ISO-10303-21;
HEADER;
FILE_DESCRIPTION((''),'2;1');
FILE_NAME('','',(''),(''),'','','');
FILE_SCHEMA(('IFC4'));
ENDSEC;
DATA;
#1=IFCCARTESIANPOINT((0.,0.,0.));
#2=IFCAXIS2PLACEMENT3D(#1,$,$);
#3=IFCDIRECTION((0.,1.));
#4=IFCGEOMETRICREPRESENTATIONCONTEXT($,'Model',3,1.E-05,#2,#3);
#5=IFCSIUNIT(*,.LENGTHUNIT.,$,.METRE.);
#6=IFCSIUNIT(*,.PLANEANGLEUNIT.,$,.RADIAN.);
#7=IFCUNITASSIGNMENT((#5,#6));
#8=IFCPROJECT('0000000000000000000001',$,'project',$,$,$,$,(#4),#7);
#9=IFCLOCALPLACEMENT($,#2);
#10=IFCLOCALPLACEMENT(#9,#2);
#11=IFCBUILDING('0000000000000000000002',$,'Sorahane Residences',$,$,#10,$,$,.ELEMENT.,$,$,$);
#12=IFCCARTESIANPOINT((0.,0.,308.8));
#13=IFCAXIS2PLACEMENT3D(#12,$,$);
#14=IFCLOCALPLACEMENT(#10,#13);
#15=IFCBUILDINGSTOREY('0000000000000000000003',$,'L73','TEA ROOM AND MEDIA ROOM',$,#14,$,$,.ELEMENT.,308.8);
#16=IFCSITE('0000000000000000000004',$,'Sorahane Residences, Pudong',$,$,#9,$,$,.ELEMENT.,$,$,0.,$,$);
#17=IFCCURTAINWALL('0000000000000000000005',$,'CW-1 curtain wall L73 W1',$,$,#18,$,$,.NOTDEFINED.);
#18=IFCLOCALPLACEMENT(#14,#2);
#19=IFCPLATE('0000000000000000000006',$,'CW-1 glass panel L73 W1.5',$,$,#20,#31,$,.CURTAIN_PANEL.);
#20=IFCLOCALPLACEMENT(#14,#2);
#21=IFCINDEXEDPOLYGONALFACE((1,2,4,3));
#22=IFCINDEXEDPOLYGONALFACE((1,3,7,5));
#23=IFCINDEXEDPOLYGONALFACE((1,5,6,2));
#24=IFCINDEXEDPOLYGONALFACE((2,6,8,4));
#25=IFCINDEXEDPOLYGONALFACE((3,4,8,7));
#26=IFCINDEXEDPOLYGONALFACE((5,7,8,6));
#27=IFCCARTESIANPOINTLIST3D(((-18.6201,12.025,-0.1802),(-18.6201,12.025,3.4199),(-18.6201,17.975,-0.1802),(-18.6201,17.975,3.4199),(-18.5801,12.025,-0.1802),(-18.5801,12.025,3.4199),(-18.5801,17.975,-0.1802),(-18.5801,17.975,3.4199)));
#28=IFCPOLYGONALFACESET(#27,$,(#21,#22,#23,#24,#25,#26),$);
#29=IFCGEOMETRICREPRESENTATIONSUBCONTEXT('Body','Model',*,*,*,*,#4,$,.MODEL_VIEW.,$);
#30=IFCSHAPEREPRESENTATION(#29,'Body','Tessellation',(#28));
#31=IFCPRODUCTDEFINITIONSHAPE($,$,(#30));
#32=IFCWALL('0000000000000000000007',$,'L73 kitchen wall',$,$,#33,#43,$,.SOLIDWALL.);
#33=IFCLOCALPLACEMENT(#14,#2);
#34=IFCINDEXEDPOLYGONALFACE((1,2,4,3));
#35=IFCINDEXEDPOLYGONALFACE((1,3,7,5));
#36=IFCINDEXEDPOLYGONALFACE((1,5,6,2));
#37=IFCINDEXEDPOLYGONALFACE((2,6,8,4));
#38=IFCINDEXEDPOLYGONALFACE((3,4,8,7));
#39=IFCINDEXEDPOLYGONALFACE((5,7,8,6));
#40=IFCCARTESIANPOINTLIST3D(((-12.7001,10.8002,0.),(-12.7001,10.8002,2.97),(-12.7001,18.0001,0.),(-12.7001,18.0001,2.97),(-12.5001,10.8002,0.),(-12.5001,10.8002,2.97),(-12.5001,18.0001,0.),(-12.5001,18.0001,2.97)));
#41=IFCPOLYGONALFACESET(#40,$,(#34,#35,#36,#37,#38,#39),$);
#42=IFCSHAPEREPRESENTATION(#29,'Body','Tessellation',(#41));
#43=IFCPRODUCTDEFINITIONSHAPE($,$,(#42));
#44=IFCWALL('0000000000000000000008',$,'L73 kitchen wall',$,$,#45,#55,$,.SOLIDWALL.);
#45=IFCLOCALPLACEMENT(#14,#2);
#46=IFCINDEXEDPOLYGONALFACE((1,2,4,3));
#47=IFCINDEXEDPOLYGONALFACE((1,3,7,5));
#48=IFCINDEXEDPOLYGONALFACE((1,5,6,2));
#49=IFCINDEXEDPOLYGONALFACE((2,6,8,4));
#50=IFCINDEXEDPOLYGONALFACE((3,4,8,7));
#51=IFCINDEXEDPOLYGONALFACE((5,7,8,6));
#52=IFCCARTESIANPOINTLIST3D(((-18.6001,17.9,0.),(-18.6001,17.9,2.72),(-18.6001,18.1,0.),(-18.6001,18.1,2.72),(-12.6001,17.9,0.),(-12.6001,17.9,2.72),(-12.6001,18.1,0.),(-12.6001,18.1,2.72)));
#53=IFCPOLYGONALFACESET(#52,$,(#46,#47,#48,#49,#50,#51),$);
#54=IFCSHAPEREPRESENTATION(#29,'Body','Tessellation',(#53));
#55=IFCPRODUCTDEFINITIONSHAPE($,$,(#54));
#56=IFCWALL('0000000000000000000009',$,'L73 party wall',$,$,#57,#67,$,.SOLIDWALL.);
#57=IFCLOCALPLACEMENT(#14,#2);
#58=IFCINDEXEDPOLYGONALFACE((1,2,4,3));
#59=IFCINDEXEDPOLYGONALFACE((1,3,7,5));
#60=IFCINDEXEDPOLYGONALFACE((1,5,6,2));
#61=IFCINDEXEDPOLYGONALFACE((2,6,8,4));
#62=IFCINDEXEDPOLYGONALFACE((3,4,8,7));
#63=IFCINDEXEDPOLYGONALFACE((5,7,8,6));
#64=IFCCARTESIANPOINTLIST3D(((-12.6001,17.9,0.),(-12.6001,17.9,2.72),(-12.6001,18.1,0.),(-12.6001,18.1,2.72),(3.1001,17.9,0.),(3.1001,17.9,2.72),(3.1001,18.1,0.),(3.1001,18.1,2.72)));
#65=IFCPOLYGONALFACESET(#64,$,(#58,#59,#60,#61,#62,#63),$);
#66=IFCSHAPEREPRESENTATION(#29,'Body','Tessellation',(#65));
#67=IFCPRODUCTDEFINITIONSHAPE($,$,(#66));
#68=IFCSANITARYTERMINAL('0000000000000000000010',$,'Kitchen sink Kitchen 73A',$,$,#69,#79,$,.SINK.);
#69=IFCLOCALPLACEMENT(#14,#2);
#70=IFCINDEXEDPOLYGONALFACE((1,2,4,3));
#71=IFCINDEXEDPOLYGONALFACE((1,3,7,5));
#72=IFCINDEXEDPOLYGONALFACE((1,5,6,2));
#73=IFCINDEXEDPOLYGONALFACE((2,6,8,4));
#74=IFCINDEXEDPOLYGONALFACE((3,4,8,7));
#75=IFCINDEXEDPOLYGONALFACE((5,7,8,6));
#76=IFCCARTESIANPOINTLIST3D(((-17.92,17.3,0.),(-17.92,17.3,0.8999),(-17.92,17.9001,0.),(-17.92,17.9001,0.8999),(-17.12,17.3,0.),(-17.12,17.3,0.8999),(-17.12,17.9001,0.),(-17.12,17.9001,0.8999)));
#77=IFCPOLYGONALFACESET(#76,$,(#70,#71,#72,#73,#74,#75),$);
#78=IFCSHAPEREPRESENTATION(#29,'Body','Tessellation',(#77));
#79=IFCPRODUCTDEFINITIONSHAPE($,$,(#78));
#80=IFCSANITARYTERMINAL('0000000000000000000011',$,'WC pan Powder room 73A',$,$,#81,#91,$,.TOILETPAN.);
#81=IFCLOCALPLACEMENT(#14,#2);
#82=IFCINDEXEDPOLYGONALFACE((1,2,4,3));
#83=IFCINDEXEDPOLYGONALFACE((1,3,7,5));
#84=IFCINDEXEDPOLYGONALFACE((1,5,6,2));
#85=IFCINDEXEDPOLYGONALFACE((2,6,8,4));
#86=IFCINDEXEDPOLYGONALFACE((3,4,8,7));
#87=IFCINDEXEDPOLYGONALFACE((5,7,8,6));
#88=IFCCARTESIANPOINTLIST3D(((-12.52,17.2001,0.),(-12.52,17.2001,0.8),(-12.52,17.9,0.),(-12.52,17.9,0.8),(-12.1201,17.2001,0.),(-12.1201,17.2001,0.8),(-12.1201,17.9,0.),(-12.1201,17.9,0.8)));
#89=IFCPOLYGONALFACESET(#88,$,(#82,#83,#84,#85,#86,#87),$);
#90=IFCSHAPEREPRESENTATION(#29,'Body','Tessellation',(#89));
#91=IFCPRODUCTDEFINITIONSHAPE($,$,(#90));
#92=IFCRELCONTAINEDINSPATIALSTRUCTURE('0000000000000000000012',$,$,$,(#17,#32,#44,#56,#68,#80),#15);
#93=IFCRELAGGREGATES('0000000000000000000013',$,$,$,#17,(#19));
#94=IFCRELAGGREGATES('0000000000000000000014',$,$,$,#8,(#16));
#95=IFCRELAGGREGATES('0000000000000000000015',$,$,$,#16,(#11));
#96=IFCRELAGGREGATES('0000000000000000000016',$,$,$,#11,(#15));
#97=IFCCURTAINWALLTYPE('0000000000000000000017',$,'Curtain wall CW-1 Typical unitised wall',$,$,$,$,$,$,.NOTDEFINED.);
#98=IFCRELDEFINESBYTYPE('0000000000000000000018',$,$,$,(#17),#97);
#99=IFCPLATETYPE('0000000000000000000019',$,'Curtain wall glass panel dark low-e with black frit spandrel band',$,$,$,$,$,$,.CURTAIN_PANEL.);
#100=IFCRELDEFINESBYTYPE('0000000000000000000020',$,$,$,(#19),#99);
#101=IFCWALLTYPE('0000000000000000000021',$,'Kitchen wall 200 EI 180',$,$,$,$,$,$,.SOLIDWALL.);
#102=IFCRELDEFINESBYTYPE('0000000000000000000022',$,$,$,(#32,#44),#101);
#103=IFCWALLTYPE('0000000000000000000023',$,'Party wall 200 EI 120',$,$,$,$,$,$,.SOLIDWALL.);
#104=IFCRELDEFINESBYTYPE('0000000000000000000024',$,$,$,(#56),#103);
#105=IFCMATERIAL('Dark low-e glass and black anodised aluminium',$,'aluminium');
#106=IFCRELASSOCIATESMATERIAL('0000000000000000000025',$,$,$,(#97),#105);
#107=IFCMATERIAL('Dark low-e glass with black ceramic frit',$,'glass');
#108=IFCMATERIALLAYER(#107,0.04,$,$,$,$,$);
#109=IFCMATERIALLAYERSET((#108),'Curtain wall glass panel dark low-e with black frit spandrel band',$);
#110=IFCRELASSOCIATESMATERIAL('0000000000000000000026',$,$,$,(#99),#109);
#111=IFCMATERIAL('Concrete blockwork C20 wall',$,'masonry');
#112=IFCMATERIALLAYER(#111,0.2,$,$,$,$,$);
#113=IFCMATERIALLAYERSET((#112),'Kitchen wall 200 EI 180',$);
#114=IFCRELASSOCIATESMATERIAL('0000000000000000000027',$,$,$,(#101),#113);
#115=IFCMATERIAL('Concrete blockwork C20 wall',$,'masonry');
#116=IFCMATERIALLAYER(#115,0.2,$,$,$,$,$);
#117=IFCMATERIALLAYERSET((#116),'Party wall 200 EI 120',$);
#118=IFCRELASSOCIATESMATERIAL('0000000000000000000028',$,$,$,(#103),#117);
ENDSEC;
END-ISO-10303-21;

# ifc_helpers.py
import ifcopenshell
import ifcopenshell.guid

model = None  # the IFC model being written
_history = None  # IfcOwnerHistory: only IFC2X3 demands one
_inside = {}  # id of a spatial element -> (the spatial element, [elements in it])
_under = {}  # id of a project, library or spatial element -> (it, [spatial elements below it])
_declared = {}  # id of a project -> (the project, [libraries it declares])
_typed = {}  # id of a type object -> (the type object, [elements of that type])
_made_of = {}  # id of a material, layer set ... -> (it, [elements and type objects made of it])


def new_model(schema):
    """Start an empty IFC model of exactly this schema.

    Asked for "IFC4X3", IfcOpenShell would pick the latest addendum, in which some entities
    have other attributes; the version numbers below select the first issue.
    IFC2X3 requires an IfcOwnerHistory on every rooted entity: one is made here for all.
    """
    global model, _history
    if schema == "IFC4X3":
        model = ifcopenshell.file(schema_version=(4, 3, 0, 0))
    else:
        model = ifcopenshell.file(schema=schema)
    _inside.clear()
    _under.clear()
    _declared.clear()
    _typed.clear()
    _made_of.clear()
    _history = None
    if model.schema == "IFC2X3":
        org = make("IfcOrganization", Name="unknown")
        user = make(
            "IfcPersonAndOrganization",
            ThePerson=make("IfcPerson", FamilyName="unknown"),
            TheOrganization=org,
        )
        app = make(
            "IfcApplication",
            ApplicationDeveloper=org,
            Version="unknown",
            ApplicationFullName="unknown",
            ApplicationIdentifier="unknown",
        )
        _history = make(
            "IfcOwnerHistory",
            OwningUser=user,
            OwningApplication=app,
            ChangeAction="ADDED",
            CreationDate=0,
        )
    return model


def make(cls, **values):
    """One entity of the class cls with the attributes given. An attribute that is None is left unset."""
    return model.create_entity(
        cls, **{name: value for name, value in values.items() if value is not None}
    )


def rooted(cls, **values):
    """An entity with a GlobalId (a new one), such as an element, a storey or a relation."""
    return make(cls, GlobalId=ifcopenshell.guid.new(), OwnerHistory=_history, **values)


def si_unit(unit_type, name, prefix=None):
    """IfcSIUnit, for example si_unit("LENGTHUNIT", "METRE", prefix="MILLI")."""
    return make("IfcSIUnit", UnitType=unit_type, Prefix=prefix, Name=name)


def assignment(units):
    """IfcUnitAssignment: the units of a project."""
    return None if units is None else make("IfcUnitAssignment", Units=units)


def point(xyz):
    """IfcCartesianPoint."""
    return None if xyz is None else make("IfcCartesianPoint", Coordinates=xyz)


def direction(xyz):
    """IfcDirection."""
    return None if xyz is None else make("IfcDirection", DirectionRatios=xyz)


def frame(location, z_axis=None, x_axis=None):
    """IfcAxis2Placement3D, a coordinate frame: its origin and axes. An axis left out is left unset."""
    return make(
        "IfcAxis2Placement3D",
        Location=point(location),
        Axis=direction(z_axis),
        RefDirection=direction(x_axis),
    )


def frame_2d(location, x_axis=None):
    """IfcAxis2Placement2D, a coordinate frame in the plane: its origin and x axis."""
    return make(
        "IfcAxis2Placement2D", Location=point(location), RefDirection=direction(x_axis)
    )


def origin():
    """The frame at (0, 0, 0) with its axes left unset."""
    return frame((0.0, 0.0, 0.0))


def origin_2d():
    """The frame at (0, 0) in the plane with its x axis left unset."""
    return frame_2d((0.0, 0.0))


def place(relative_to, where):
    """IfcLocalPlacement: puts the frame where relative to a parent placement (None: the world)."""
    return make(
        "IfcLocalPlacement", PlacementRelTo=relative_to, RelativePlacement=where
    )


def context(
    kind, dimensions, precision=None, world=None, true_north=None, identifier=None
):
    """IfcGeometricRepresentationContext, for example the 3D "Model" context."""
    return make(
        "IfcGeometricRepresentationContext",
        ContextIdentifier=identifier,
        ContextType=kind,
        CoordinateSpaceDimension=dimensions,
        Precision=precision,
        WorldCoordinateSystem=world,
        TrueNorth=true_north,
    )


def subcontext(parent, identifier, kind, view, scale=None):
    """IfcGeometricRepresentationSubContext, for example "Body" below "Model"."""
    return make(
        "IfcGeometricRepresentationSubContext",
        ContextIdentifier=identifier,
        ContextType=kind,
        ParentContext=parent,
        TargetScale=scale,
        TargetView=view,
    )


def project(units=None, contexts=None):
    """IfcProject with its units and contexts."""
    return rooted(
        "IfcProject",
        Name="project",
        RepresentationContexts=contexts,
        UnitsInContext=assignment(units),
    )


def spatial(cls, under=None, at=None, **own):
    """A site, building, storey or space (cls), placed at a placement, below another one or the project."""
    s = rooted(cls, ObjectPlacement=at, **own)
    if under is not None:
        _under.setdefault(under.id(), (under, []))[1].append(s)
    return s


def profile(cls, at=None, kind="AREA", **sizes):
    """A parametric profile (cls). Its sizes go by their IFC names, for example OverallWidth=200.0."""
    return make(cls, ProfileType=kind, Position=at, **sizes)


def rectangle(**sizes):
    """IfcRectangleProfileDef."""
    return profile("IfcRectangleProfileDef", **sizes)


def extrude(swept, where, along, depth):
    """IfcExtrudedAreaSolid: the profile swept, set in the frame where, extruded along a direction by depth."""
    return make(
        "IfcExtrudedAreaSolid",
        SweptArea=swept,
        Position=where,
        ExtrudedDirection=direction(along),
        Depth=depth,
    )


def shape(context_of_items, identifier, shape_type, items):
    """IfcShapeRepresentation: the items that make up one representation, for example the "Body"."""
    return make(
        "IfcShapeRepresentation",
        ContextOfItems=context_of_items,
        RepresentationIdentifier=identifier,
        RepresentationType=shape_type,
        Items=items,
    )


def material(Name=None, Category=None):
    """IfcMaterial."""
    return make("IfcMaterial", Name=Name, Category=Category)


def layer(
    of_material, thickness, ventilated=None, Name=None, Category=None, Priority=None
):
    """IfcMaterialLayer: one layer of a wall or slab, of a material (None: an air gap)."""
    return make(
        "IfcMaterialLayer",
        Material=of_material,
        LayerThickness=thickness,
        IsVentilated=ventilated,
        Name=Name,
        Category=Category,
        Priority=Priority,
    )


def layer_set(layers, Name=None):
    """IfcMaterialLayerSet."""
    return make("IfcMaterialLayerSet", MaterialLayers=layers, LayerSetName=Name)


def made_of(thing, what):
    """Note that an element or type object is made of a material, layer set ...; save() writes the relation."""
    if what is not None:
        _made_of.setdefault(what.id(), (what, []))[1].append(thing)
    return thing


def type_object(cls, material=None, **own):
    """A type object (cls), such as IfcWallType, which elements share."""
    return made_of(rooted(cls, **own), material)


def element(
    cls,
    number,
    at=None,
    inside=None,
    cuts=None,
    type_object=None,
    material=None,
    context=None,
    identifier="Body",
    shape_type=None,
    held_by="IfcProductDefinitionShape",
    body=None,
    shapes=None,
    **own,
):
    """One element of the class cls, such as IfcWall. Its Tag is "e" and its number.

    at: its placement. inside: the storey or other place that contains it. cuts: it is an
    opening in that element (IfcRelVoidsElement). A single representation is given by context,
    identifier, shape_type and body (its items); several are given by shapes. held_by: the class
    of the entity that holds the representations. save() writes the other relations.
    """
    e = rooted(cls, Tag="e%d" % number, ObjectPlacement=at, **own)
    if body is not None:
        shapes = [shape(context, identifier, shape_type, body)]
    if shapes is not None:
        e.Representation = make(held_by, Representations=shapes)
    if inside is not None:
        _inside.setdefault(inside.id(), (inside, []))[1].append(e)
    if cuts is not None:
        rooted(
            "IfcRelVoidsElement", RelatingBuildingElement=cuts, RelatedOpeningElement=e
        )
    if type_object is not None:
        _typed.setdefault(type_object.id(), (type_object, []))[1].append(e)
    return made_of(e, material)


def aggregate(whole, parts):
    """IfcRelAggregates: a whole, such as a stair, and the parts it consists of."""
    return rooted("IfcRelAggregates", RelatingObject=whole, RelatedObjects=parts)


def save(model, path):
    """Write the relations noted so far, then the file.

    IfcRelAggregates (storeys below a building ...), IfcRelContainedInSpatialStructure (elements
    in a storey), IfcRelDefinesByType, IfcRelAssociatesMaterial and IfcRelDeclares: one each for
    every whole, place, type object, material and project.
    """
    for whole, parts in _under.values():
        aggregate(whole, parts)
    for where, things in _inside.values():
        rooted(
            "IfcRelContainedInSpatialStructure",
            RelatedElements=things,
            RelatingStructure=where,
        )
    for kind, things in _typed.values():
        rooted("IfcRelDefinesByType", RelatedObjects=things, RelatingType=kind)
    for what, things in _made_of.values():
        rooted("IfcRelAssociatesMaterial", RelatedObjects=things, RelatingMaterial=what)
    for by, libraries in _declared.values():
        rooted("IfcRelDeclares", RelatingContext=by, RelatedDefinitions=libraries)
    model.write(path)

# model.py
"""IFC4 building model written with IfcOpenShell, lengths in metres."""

from ifc_helpers import new_model, si_unit, direction, frame, frame_2d, origin, origin_2d, place, context, subcontext, project, spatial, rectangle, extrude, material, layer, layer_set, type_object, element, aggregate, save


model = new_model("IFC4")

# Units and contexts
model_context = context("Model", 3, precision=1e-05, world=origin(), true_north=direction((0.0, 1.0)))
body_context = subcontext(model_context, "Body", "Model", "MODEL_VIEW")
ifc_project = project(units=[si_unit("LENGTHUNIT", "METRE"), si_unit("PLANEANGLEUNIT", "RADIAN")], contexts=[model_context])

# Site, building, storey
site_placement = place(None, origin())
site = spatial("IfcSite", under=ifc_project, at=site_placement, Name="Sorahane Residences, Pudong", CompositionType="ELEMENT", RefElevation=0.0)
building_placement = place(site_placement, origin())
building = spatial("IfcBuilding", under=site, at=building_placement, Name="Sorahane Residences", CompositionType="ELEMENT")
storey_placement = place(building_placement, frame((0.0, 0.0, 308.8)))
storey = spatial("IfcBuildingStorey", under=building, at=storey_placement, Name="L73", Description="TEA ROOM AND MEDIA ROOM", CompositionType="ELEMENT", Elevation=308.8)

# Curtain wall
ifc_material_1 = material(Name="Dark low-e glass and black anodised aluminium", Category="aluminium")
curtain_wall_type = type_object("IfcCurtainWallType", Name="Curtain wall CW-1 Typical unitised wall", PredefinedType="NOTDEFINED", material=ifc_material_1)
curtain_wall_placement = place(storey_placement, origin())
curtain_wall = element("IfcCurtainWall", 1, at=curtain_wall_placement, inside=storey, type_object=curtain_wall_type, Name="CW-1 curtain wall L73 W1", PredefinedType="NOTDEFINED")

# Plate
ifc_material_2 = material(Name="Dark low-e glass with black ceramic frit", Category="glass")
ifc_layer_1 = layer(ifc_material_2, 0.04)
ifc_layer_set_1 = layer_set([ifc_layer_1], Name="Curtain wall glass panel dark low-e with black frit spandrel band")
plate_type = type_object("IfcPlateType", Name="Curtain wall glass panel dark low-e with black frit spandrel band", PredefinedType="CURTAIN_PANEL", material=ifc_layer_set_1)
plate_placement = place(storey_placement, frame((-18.6001, 15.0, -0.1802), z_axis=(0.0, 0.0, 1.0), x_axis=(0.0, -1.0, 0.0)))
plate = element("IfcPlate", 2, at=plate_placement, type_object=plate_type, Name="CW-1 glass panel L73 W1.5", PredefinedType="CURTAIN_PANEL", context=body_context, shape_type="SweptSolid", body=[
    extrude(rectangle(XDim=5.95, YDim=0.04, at=origin_2d()), origin(), (0.0, 0.0, 1.0), 3.6001),
])
aggregate(curtain_wall, [plate])

# Wall
ifc_material_3 = material(Name="Concrete blockwork C20 wall", Category="masonry")
ifc_layer_2 = layer(ifc_material_3, 0.2)
ifc_layer_set_2 = layer_set([ifc_layer_2], Name="Kitchen wall 200 EI 180")
wall_type_1 = type_object("IfcWallType", Name="Kitchen wall 200 EI 180", PredefinedType="SOLIDWALL", material=ifc_layer_set_2)
wall_1_placement = place(storey_placement, frame((-12.6001, 10.8, 0.0), z_axis=(0.0, 0.0, 1.0), x_axis=(0.0, 1.0, 0.0)))
element("IfcWall", 3, at=wall_1_placement, inside=storey, type_object=wall_type_1, Name="L73 kitchen wall", PredefinedType="SOLIDWALL", context=body_context, shape_type="SweptSolid", body=[
    extrude(rectangle(XDim=7.2, YDim=0.2, at=frame_2d((3.6001, 0.0))), origin(), (0.0, 0.0, 1.0), 2.97),
])

# Walls
wall_2_placement = place(storey_placement, frame((-18.6001, 18.0, 0.0), z_axis=(0.0, 0.0, 1.0), x_axis=(1.0, 0.0, 0.0)))
element("IfcWall", 4, at=wall_2_placement, inside=storey, type_object=wall_type_1, Name="L73 kitchen wall", PredefinedType="SOLIDWALL", context=body_context, shape_type="SweptSolid", body=[
    extrude(rectangle(XDim=6.0, YDim=0.2, at=frame_2d((3.0, 0.0))), origin(), (0.0, 0.0, 1.0), 2.72),
])
ifc_material_4 = material(Name="Concrete blockwork C20 wall", Category="masonry")
ifc_layer_3 = layer(ifc_material_4, 0.2)
ifc_layer_set_3 = layer_set([ifc_layer_3], Name="Party wall 200 EI 120")
wall_type_2 = type_object("IfcWallType", Name="Party wall 200 EI 120", PredefinedType="SOLIDWALL", material=ifc_layer_set_3)
wall_3_placement = place(storey_placement, frame((-12.6001, 18.0, 0.0), z_axis=(0.0, 0.0, 1.0), x_axis=(1.0, 0.0, 0.0)))
element("IfcWall", 5, at=wall_3_placement, inside=storey, type_object=wall_type_2, Name="L73 party wall", PredefinedType="SOLIDWALL", context=body_context, shape_type="SweptSolid", body=[
    extrude(rectangle(XDim=15.7002, YDim=0.2, at=frame_2d((7.8501, 0.0))), origin(), (0.0, 0.0, 1.0), 2.72),
])

# Sanitary terminals
sanitary_terminal_1_placement = place(storey_placement, frame((-17.52, 17.6001, 0.0), z_axis=(0.0, 0.0, 1.0), x_axis=(1.0, 0.0, 0.0)))
element("IfcSanitaryTerminal", 6, at=sanitary_terminal_1_placement, inside=storey, Name="Kitchen sink Kitchen 73A", PredefinedType="SINK", context=body_context, shape_type="SweptSolid", body=[
    extrude(rectangle(XDim=0.8, YDim=0.6001, at=origin_2d()), origin(), (0.0, 0.0, 1.0), 0.8999),
])
sanitary_terminal_2_placement = place(storey_placement, frame((-12.3201, 17.55, 0.0), z_axis=(0.0, 0.0, 1.0), x_axis=(1.0, 0.0, 0.0)))
element("IfcSanitaryTerminal", 7, at=sanitary_terminal_2_placement, inside=storey, Name="WC pan Powder room 73A", PredefinedType="TOILETPAN", context=body_context, shape_type="SweptSolid", body=[
    extrude(rectangle(XDim=0.3999, YDim=0.7, at=origin_2d()), origin(), (0.0, 0.0, 1.0), 0.8),
])

save(model, "model.ifc")
